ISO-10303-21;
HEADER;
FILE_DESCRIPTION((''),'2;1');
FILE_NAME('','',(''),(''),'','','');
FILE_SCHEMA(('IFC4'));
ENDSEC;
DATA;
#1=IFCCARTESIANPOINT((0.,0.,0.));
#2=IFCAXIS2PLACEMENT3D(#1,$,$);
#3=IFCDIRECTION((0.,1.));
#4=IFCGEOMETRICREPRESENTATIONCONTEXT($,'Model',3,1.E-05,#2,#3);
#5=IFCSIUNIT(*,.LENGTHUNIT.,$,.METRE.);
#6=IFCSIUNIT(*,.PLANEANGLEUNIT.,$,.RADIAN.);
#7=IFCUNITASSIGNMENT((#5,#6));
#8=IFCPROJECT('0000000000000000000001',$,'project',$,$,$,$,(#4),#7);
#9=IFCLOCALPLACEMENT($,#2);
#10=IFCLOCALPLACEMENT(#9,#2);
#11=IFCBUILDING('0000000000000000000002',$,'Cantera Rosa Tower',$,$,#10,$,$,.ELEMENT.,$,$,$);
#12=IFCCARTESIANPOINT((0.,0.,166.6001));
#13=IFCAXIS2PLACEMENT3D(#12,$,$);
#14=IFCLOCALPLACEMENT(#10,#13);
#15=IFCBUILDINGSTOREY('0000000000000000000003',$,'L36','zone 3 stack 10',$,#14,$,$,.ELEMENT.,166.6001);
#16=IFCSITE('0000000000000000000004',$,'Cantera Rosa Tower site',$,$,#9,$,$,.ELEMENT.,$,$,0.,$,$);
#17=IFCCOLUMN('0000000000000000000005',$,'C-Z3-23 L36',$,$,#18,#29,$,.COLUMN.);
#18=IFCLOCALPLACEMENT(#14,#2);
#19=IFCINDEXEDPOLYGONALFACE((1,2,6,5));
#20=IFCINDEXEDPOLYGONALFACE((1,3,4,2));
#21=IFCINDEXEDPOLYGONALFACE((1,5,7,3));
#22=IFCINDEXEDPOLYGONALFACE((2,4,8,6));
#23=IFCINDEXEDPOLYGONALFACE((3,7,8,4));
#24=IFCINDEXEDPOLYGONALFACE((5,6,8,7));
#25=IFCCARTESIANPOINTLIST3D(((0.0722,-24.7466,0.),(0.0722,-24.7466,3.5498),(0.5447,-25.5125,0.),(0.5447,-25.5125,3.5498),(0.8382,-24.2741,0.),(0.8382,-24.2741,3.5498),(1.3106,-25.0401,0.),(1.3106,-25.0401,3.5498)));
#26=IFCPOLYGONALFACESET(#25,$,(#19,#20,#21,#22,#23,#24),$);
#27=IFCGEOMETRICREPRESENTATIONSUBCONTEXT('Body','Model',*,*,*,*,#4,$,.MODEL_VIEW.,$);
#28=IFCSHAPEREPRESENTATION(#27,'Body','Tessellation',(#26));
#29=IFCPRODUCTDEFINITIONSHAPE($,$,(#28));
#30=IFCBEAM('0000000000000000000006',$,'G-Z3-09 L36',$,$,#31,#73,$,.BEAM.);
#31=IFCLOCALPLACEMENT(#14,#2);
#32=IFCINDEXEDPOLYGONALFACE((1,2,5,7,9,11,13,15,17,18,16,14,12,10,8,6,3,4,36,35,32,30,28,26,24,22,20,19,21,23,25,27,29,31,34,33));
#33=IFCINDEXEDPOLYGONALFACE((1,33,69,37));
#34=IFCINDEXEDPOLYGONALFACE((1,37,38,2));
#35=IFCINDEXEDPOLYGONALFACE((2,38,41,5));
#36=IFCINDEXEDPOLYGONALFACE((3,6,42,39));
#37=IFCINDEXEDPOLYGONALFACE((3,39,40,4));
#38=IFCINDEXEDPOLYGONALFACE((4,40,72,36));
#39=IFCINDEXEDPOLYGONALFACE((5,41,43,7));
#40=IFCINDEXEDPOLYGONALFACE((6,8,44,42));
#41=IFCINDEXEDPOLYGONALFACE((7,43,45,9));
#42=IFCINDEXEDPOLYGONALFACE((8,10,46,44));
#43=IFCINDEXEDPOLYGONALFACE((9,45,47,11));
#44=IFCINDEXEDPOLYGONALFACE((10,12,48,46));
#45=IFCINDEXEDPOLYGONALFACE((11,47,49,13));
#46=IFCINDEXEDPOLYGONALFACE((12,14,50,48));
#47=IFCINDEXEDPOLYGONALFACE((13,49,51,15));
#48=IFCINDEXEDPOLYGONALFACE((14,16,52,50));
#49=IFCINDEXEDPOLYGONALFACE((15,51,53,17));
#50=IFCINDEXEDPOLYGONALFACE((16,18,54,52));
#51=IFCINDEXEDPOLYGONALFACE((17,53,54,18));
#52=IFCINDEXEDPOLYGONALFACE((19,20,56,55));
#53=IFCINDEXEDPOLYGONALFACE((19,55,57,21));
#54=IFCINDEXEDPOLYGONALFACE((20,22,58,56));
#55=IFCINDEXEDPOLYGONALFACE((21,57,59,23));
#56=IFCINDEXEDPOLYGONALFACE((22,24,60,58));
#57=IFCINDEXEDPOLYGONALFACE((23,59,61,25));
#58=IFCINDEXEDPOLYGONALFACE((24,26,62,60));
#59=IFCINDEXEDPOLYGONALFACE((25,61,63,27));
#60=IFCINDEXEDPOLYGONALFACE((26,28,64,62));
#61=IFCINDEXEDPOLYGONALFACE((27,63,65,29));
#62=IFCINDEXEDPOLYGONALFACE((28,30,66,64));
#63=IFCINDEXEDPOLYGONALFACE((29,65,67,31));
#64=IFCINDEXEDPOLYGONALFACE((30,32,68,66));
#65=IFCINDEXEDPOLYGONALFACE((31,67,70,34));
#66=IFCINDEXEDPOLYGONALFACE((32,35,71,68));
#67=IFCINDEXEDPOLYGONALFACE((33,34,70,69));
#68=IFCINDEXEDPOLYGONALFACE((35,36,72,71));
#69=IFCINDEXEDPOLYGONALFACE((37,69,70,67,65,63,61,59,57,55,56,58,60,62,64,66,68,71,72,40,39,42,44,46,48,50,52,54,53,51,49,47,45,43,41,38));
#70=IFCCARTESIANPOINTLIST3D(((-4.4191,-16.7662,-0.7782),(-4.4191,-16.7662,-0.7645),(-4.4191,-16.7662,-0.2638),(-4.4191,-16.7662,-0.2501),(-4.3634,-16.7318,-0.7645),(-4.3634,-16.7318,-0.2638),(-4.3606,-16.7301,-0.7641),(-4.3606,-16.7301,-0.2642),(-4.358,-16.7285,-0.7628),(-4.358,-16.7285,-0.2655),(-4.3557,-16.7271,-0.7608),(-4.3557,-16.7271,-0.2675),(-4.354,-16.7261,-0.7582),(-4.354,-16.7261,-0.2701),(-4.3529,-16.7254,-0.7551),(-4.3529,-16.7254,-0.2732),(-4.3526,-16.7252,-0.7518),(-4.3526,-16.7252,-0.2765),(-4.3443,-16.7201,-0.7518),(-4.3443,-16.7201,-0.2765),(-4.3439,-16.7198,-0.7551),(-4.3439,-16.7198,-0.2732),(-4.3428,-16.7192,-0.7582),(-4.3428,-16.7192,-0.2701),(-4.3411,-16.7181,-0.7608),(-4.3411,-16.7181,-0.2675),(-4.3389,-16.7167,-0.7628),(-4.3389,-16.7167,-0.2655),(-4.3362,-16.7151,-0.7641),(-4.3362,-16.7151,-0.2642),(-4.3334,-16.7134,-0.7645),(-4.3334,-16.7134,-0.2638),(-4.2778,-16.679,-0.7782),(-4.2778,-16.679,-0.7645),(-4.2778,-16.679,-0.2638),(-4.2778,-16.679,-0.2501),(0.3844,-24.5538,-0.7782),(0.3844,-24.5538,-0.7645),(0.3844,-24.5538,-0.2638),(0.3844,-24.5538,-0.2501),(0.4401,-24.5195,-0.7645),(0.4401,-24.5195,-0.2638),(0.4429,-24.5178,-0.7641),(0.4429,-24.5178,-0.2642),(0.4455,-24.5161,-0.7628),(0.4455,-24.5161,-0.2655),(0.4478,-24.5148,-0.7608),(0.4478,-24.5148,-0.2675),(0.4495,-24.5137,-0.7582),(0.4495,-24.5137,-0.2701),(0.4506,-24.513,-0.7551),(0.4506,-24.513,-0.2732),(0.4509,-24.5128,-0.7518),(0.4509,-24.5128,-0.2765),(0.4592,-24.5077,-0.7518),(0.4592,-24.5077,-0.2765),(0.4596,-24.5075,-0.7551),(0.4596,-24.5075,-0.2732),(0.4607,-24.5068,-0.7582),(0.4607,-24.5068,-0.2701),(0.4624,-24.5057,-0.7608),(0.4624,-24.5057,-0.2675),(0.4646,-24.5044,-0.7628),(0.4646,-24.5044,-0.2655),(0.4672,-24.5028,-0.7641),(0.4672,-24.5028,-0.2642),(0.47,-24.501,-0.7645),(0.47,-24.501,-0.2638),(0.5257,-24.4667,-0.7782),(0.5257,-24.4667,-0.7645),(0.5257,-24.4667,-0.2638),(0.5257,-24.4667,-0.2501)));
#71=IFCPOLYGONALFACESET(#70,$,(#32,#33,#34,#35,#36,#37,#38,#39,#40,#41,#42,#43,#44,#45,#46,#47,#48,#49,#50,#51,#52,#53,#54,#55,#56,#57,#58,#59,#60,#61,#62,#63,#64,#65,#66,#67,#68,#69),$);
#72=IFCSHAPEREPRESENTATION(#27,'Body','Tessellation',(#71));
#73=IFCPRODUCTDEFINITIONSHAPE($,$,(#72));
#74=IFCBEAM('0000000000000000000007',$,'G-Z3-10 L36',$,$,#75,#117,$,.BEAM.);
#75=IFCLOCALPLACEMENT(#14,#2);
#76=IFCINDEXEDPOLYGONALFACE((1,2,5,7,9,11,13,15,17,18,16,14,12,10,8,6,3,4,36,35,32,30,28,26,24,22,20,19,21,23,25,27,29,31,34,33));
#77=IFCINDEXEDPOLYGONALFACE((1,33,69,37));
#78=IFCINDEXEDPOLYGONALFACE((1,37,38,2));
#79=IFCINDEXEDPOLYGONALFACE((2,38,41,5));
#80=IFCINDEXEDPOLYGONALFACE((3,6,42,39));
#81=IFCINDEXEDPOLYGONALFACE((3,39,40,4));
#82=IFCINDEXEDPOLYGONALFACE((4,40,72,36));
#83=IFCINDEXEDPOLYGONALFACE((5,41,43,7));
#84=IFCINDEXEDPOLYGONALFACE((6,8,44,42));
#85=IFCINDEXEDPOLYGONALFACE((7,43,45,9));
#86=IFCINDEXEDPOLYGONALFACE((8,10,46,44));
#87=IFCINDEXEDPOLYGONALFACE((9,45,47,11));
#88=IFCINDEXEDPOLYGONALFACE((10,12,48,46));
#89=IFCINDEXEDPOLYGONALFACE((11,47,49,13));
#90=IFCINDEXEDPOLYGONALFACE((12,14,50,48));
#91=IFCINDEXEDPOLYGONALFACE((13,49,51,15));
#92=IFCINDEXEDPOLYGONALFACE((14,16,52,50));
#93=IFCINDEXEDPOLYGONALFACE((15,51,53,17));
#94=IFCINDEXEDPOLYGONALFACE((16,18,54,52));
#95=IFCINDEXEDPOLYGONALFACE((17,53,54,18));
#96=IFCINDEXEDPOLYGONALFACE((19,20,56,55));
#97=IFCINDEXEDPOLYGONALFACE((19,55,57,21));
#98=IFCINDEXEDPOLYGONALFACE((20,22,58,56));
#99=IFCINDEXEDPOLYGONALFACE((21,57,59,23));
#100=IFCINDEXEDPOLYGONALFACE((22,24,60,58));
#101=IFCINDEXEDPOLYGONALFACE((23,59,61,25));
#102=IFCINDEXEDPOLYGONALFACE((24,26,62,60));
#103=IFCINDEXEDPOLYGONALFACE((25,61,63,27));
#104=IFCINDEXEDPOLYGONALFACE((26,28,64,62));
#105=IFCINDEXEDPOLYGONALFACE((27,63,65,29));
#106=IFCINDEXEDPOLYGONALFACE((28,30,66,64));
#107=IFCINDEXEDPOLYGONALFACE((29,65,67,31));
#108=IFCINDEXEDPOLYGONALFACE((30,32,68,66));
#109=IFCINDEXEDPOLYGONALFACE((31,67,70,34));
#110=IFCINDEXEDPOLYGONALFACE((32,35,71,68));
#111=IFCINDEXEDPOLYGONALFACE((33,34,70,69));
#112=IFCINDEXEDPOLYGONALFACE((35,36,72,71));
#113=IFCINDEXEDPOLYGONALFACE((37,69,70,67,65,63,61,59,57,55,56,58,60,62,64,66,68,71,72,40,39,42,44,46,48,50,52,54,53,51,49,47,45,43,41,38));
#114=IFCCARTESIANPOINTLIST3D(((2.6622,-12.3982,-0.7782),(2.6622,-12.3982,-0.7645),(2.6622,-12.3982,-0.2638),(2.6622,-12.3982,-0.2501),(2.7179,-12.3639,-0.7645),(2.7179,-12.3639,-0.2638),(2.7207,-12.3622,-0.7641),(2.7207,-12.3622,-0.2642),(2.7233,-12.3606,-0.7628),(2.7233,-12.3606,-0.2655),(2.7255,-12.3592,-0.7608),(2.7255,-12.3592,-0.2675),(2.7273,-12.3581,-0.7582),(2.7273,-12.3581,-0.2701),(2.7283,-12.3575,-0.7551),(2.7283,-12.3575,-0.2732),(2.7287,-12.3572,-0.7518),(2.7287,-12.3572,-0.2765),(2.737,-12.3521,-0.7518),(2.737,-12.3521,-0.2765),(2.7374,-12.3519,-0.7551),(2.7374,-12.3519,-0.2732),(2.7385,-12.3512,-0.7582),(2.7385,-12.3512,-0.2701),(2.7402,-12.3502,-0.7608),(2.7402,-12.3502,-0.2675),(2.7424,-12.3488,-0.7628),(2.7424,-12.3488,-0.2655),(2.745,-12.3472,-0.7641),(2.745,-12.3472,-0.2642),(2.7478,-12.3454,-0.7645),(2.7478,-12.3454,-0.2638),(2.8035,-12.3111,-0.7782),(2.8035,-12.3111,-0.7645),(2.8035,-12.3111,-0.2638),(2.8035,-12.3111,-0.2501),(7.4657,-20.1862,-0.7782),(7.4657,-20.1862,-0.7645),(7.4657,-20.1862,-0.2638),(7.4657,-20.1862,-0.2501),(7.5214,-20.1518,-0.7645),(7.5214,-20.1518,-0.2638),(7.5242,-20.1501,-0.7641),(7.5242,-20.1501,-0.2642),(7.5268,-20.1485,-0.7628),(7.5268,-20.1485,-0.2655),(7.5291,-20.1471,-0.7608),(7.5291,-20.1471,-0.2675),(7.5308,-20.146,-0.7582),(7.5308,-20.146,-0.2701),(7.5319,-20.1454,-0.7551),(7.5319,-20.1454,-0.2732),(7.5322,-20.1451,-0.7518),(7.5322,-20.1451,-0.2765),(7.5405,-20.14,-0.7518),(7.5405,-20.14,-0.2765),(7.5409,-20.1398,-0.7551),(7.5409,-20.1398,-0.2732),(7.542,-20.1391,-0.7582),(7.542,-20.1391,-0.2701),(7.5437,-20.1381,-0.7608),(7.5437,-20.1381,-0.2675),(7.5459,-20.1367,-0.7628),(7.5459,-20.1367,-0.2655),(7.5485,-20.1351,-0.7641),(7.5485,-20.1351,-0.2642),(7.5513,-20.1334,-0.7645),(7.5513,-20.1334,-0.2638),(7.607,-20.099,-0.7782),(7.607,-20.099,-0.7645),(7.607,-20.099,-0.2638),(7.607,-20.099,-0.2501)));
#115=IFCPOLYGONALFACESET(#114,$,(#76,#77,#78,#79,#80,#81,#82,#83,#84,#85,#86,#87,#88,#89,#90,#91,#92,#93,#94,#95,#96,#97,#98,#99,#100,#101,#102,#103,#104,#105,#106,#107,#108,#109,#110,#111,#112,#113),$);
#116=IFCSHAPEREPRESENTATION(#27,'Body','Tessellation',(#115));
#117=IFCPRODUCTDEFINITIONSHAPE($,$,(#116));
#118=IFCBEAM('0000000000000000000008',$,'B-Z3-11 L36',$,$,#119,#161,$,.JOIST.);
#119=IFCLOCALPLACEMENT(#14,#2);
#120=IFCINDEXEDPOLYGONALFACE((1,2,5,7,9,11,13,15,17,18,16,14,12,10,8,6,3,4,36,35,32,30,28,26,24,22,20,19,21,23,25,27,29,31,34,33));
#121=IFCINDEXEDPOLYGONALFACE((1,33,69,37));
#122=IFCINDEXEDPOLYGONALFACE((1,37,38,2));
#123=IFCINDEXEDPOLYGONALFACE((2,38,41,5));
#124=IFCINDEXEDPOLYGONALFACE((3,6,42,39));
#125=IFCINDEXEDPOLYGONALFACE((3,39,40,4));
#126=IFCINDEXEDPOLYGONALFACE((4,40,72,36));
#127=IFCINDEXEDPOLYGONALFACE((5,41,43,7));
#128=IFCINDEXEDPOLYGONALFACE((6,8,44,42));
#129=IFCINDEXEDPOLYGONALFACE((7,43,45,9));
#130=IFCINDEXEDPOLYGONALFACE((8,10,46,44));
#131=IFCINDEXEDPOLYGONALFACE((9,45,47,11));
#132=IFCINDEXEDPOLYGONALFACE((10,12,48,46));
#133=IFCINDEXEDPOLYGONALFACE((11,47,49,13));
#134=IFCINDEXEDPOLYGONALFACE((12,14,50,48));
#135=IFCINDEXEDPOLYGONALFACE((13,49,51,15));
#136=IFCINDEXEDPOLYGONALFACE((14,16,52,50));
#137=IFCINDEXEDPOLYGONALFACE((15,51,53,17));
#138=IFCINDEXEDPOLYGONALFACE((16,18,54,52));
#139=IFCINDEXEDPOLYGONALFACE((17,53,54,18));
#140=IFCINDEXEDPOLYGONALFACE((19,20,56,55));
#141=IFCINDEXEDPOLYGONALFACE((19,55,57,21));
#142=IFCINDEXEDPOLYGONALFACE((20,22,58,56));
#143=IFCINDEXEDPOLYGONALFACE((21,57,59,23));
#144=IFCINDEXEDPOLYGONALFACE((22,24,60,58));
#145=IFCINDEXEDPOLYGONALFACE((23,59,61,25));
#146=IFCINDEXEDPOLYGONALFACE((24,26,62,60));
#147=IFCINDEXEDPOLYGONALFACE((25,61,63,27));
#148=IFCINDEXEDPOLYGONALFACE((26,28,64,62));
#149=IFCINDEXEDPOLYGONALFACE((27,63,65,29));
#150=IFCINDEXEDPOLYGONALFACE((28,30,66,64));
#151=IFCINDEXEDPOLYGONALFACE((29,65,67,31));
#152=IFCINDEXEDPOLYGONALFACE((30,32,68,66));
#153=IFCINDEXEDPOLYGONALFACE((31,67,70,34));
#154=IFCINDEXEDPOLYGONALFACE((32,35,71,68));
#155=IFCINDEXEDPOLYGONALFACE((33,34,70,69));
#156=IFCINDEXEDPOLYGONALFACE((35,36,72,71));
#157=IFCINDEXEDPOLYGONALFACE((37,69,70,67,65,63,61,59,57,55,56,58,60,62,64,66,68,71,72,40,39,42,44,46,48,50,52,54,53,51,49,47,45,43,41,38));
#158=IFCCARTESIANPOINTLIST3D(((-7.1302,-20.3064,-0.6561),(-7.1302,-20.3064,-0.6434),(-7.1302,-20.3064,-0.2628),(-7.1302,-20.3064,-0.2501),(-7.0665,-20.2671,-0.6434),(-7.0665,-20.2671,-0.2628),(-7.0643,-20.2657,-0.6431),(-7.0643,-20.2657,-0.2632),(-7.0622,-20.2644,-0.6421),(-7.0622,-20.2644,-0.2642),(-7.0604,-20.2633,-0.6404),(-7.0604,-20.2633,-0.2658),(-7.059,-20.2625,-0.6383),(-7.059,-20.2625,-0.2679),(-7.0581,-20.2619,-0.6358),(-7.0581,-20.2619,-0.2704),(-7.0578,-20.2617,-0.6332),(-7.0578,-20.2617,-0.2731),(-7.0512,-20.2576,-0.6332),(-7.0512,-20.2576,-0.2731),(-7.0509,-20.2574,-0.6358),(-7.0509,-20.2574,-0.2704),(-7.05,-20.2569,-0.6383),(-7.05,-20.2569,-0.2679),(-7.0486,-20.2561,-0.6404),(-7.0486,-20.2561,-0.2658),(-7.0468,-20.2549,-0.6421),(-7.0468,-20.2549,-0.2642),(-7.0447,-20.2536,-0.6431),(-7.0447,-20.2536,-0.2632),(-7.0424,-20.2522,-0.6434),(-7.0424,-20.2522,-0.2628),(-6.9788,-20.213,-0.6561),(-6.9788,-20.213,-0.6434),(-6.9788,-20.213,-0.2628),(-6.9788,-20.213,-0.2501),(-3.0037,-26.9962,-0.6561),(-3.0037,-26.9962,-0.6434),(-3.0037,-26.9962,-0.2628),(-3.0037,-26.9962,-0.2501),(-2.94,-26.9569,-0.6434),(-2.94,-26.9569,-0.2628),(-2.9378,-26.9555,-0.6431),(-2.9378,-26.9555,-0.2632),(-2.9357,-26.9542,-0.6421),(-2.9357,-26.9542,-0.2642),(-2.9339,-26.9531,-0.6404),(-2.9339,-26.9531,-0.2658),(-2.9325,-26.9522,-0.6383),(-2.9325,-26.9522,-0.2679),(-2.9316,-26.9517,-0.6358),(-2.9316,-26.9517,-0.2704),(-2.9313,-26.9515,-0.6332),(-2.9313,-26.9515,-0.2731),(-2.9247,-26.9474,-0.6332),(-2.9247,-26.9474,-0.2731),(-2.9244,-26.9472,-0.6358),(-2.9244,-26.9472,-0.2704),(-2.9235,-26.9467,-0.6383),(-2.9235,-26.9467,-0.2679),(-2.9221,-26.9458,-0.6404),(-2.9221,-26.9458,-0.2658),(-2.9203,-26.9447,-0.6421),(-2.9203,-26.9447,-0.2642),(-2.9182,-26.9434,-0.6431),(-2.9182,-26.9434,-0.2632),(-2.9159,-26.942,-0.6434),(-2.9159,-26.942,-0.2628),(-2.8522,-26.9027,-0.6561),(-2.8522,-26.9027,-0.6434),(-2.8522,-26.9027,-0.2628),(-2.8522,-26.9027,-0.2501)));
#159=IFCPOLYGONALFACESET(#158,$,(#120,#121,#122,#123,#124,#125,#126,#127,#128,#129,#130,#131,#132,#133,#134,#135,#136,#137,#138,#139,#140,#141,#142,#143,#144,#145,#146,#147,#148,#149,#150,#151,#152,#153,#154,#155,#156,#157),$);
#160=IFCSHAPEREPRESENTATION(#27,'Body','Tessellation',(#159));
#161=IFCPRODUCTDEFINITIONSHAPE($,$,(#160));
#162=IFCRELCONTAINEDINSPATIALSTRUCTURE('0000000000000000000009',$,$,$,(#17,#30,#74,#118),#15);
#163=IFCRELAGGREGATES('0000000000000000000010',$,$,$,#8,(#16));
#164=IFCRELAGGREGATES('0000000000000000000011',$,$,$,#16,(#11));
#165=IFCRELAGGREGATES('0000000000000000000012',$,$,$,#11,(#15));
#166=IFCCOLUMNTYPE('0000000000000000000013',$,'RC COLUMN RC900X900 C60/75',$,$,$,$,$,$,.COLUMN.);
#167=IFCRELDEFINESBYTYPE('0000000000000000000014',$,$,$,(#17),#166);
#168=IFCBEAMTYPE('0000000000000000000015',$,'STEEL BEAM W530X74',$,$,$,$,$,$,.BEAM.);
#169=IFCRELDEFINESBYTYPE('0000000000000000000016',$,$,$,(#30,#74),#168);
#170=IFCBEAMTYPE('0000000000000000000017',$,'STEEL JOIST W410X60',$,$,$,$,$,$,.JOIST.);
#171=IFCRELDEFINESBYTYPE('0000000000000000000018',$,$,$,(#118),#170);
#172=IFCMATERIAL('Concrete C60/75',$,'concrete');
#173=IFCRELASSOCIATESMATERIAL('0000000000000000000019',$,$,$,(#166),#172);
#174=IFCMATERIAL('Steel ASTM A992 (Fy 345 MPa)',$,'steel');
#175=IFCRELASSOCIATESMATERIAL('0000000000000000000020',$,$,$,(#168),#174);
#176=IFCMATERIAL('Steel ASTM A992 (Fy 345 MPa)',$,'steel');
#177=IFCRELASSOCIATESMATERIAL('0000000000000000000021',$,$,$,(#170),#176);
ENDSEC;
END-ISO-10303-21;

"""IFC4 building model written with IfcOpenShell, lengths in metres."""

from ifc_helpers import new_model, si_unit, direction, frame, origin, origin_2d, place, context, subcontext, project, spatial, rectangle, i_section, extrude, material, material_profile, profile_set, type_object, element, save


model = new_model("IFC4")

# Units and contexts
model_context = context("Model", 3, precision=1e-05, world=origin(), true_north=direction((0.0, 1.0)))
body_context = subcontext(model_context, "Body", "Model", "MODEL_VIEW")
ifc_project = project(units=[si_unit("LENGTHUNIT", "METRE"), si_unit("PLANEANGLEUNIT", "RADIAN")], contexts=[model_context])

# Site, building, storey
site_placement = place(None, origin())
site = spatial("IfcSite", under=ifc_project, at=site_placement, Name="Cantera Rosa Tower site", CompositionType="ELEMENT", RefElevation=0.0)
building_placement = place(site_placement, origin())
building = spatial("IfcBuilding", under=site, at=building_placement, Name="Cantera Rosa Tower", CompositionType="ELEMENT")
storey_placement = place(building_placement, frame((0.0, 0.0, 166.6001)))
storey = spatial("IfcBuildingStorey", under=building, at=storey_placement, Name="L36", Description="zone 3 stack 10", CompositionType="ELEMENT", Elevation=166.6001)

# Column
ifc_material_1 = material(Name="Concrete C60/75", Category="concrete")
ifc_material_profile_1 = material_profile(ifc_material_1, rectangle(XDim=0.8999, YDim=0.8999, at=origin_2d()), Name="RC COLUMN RC900X900 C60/75")
ifc_profile_set_1 = profile_set([ifc_material_profile_1], Name="Concrete C60/75")
column_type = type_object("IfcColumnType", Name="RC COLUMN RC900X900 C60/75", PredefinedType="COLUMN", material=ifc_profile_set_1)
column_placement = place(storey_placement, frame((0.6914, -24.8933, 0.0), z_axis=(0.0, 0.0, 1.0), x_axis=(0.851117, 0.524977, 0.0)))
element("IfcColumn", 1, at=column_placement, inside=storey, type_object=column_type, Name="C-Z3-23 L36", PredefinedType="COLUMN", context=body_context, shape_type="SweptSolid", body=[
    extrude(rectangle(XDim=0.8999, YDim=0.8999, at=origin_2d()), origin(), (0.0, 0.0, 1.0), 3.5498),
])

# Beams
ifc_material_2 = material(Name="Steel ASTM A992 (Fy 345 MPa)", Category="steel")
ifc_material_profile_2 = material_profile(ifc_material_2, i_section(OverallWidth=0.166, OverallDepth=0.5281, WebThickness=0.0098, FlangeThickness=0.0137, FilletRadius=0.0127, at=origin_2d()), Name="W530X74")
ifc_profile_set_2 = profile_set([ifc_material_profile_2], Name="Steel ASTM A992 (Fy 345 MPa)")
beam_type_1 = type_object("IfcBeamType", Name="STEEL BEAM W530X74", PredefinedType="BEAM", material=ifc_profile_set_2)
beam_1_placement = place(storey_placement, frame((0.4551, -24.5103, -0.5142), z_axis=(-0.524977, 0.851116, 0.0), x_axis=(-0.851116, -0.524977, 0.0)))
element("IfcBeam", 2, at=beam_1_placement, inside=storey, type_object=beam_type_1, Name="G-Z3-09 L36", PredefinedType="BEAM", context=body_context, shape_type="SweptSolid", body=[
    extrude(i_section(OverallWidth=0.166, OverallDepth=0.5281, WebThickness=0.0098, FlangeThickness=0.0137, FilletRadius=0.0127, at=origin_2d()), origin(), (0.0, 0.0, 1.0), 9.1499),
])
beam_2_placement = place(storey_placement, frame((7.5364, -20.1426, -0.5142), z_axis=(-0.524965, 0.851124, 0.0), x_axis=(-0.851124, -0.524965, 0.0)))
element("IfcBeam", 3, at=beam_2_placement, inside=storey, type_object=beam_type_1, Name="G-Z3-10 L36", PredefinedType="BEAM", context=body_context, shape_type="SweptSolid", body=[
    extrude(i_section(OverallWidth=0.166, OverallDepth=0.5281, WebThickness=0.0098, FlangeThickness=0.0137, FilletRadius=0.0127, at=origin_2d()), origin(), (0.0, 0.0, 1.0), 9.1501),
])
ifc_material_3 = material(Name="Steel ASTM A992 (Fy 345 MPa)", Category="steel")
ifc_material_profile_3 = material_profile(ifc_material_3, i_section(OverallWidth=0.178, OverallDepth=0.406, WebThickness=0.0078, FlangeThickness=0.0127, FilletRadius=0.0103, at=origin_2d()), Name="W410X60")
ifc_profile_set_3 = profile_set([ifc_material_profile_3], Name="Steel ASTM A992 (Fy 345 MPa)")
beam_type_2 = type_object("IfcBeamType", Name="STEEL JOIST W410X60", PredefinedType="JOIST", material=ifc_profile_set_3)
beam_3_placement = place(storey_placement, frame((-2.928, -26.9495, -0.4531), z_axis=(-0.524995, 0.851105, 0.0), x_axis=(-0.851105, -0.524995, 0.0)))
element("IfcBeam", 4, at=beam_3_placement, inside=storey, type_object=beam_type_2, Name="B-Z3-11 L36", PredefinedType="JOIST", context=body_context, shape_type="SweptSolid", body=[
    extrude(i_section(OverallWidth=0.178, OverallDepth=0.406, WebThickness=0.0078, FlangeThickness=0.0127, FilletRadius=0.0103, at=origin_2d()), origin(), (0.0, 0.0, 1.0), 7.8601),
])

save(model, "model.ifc")
